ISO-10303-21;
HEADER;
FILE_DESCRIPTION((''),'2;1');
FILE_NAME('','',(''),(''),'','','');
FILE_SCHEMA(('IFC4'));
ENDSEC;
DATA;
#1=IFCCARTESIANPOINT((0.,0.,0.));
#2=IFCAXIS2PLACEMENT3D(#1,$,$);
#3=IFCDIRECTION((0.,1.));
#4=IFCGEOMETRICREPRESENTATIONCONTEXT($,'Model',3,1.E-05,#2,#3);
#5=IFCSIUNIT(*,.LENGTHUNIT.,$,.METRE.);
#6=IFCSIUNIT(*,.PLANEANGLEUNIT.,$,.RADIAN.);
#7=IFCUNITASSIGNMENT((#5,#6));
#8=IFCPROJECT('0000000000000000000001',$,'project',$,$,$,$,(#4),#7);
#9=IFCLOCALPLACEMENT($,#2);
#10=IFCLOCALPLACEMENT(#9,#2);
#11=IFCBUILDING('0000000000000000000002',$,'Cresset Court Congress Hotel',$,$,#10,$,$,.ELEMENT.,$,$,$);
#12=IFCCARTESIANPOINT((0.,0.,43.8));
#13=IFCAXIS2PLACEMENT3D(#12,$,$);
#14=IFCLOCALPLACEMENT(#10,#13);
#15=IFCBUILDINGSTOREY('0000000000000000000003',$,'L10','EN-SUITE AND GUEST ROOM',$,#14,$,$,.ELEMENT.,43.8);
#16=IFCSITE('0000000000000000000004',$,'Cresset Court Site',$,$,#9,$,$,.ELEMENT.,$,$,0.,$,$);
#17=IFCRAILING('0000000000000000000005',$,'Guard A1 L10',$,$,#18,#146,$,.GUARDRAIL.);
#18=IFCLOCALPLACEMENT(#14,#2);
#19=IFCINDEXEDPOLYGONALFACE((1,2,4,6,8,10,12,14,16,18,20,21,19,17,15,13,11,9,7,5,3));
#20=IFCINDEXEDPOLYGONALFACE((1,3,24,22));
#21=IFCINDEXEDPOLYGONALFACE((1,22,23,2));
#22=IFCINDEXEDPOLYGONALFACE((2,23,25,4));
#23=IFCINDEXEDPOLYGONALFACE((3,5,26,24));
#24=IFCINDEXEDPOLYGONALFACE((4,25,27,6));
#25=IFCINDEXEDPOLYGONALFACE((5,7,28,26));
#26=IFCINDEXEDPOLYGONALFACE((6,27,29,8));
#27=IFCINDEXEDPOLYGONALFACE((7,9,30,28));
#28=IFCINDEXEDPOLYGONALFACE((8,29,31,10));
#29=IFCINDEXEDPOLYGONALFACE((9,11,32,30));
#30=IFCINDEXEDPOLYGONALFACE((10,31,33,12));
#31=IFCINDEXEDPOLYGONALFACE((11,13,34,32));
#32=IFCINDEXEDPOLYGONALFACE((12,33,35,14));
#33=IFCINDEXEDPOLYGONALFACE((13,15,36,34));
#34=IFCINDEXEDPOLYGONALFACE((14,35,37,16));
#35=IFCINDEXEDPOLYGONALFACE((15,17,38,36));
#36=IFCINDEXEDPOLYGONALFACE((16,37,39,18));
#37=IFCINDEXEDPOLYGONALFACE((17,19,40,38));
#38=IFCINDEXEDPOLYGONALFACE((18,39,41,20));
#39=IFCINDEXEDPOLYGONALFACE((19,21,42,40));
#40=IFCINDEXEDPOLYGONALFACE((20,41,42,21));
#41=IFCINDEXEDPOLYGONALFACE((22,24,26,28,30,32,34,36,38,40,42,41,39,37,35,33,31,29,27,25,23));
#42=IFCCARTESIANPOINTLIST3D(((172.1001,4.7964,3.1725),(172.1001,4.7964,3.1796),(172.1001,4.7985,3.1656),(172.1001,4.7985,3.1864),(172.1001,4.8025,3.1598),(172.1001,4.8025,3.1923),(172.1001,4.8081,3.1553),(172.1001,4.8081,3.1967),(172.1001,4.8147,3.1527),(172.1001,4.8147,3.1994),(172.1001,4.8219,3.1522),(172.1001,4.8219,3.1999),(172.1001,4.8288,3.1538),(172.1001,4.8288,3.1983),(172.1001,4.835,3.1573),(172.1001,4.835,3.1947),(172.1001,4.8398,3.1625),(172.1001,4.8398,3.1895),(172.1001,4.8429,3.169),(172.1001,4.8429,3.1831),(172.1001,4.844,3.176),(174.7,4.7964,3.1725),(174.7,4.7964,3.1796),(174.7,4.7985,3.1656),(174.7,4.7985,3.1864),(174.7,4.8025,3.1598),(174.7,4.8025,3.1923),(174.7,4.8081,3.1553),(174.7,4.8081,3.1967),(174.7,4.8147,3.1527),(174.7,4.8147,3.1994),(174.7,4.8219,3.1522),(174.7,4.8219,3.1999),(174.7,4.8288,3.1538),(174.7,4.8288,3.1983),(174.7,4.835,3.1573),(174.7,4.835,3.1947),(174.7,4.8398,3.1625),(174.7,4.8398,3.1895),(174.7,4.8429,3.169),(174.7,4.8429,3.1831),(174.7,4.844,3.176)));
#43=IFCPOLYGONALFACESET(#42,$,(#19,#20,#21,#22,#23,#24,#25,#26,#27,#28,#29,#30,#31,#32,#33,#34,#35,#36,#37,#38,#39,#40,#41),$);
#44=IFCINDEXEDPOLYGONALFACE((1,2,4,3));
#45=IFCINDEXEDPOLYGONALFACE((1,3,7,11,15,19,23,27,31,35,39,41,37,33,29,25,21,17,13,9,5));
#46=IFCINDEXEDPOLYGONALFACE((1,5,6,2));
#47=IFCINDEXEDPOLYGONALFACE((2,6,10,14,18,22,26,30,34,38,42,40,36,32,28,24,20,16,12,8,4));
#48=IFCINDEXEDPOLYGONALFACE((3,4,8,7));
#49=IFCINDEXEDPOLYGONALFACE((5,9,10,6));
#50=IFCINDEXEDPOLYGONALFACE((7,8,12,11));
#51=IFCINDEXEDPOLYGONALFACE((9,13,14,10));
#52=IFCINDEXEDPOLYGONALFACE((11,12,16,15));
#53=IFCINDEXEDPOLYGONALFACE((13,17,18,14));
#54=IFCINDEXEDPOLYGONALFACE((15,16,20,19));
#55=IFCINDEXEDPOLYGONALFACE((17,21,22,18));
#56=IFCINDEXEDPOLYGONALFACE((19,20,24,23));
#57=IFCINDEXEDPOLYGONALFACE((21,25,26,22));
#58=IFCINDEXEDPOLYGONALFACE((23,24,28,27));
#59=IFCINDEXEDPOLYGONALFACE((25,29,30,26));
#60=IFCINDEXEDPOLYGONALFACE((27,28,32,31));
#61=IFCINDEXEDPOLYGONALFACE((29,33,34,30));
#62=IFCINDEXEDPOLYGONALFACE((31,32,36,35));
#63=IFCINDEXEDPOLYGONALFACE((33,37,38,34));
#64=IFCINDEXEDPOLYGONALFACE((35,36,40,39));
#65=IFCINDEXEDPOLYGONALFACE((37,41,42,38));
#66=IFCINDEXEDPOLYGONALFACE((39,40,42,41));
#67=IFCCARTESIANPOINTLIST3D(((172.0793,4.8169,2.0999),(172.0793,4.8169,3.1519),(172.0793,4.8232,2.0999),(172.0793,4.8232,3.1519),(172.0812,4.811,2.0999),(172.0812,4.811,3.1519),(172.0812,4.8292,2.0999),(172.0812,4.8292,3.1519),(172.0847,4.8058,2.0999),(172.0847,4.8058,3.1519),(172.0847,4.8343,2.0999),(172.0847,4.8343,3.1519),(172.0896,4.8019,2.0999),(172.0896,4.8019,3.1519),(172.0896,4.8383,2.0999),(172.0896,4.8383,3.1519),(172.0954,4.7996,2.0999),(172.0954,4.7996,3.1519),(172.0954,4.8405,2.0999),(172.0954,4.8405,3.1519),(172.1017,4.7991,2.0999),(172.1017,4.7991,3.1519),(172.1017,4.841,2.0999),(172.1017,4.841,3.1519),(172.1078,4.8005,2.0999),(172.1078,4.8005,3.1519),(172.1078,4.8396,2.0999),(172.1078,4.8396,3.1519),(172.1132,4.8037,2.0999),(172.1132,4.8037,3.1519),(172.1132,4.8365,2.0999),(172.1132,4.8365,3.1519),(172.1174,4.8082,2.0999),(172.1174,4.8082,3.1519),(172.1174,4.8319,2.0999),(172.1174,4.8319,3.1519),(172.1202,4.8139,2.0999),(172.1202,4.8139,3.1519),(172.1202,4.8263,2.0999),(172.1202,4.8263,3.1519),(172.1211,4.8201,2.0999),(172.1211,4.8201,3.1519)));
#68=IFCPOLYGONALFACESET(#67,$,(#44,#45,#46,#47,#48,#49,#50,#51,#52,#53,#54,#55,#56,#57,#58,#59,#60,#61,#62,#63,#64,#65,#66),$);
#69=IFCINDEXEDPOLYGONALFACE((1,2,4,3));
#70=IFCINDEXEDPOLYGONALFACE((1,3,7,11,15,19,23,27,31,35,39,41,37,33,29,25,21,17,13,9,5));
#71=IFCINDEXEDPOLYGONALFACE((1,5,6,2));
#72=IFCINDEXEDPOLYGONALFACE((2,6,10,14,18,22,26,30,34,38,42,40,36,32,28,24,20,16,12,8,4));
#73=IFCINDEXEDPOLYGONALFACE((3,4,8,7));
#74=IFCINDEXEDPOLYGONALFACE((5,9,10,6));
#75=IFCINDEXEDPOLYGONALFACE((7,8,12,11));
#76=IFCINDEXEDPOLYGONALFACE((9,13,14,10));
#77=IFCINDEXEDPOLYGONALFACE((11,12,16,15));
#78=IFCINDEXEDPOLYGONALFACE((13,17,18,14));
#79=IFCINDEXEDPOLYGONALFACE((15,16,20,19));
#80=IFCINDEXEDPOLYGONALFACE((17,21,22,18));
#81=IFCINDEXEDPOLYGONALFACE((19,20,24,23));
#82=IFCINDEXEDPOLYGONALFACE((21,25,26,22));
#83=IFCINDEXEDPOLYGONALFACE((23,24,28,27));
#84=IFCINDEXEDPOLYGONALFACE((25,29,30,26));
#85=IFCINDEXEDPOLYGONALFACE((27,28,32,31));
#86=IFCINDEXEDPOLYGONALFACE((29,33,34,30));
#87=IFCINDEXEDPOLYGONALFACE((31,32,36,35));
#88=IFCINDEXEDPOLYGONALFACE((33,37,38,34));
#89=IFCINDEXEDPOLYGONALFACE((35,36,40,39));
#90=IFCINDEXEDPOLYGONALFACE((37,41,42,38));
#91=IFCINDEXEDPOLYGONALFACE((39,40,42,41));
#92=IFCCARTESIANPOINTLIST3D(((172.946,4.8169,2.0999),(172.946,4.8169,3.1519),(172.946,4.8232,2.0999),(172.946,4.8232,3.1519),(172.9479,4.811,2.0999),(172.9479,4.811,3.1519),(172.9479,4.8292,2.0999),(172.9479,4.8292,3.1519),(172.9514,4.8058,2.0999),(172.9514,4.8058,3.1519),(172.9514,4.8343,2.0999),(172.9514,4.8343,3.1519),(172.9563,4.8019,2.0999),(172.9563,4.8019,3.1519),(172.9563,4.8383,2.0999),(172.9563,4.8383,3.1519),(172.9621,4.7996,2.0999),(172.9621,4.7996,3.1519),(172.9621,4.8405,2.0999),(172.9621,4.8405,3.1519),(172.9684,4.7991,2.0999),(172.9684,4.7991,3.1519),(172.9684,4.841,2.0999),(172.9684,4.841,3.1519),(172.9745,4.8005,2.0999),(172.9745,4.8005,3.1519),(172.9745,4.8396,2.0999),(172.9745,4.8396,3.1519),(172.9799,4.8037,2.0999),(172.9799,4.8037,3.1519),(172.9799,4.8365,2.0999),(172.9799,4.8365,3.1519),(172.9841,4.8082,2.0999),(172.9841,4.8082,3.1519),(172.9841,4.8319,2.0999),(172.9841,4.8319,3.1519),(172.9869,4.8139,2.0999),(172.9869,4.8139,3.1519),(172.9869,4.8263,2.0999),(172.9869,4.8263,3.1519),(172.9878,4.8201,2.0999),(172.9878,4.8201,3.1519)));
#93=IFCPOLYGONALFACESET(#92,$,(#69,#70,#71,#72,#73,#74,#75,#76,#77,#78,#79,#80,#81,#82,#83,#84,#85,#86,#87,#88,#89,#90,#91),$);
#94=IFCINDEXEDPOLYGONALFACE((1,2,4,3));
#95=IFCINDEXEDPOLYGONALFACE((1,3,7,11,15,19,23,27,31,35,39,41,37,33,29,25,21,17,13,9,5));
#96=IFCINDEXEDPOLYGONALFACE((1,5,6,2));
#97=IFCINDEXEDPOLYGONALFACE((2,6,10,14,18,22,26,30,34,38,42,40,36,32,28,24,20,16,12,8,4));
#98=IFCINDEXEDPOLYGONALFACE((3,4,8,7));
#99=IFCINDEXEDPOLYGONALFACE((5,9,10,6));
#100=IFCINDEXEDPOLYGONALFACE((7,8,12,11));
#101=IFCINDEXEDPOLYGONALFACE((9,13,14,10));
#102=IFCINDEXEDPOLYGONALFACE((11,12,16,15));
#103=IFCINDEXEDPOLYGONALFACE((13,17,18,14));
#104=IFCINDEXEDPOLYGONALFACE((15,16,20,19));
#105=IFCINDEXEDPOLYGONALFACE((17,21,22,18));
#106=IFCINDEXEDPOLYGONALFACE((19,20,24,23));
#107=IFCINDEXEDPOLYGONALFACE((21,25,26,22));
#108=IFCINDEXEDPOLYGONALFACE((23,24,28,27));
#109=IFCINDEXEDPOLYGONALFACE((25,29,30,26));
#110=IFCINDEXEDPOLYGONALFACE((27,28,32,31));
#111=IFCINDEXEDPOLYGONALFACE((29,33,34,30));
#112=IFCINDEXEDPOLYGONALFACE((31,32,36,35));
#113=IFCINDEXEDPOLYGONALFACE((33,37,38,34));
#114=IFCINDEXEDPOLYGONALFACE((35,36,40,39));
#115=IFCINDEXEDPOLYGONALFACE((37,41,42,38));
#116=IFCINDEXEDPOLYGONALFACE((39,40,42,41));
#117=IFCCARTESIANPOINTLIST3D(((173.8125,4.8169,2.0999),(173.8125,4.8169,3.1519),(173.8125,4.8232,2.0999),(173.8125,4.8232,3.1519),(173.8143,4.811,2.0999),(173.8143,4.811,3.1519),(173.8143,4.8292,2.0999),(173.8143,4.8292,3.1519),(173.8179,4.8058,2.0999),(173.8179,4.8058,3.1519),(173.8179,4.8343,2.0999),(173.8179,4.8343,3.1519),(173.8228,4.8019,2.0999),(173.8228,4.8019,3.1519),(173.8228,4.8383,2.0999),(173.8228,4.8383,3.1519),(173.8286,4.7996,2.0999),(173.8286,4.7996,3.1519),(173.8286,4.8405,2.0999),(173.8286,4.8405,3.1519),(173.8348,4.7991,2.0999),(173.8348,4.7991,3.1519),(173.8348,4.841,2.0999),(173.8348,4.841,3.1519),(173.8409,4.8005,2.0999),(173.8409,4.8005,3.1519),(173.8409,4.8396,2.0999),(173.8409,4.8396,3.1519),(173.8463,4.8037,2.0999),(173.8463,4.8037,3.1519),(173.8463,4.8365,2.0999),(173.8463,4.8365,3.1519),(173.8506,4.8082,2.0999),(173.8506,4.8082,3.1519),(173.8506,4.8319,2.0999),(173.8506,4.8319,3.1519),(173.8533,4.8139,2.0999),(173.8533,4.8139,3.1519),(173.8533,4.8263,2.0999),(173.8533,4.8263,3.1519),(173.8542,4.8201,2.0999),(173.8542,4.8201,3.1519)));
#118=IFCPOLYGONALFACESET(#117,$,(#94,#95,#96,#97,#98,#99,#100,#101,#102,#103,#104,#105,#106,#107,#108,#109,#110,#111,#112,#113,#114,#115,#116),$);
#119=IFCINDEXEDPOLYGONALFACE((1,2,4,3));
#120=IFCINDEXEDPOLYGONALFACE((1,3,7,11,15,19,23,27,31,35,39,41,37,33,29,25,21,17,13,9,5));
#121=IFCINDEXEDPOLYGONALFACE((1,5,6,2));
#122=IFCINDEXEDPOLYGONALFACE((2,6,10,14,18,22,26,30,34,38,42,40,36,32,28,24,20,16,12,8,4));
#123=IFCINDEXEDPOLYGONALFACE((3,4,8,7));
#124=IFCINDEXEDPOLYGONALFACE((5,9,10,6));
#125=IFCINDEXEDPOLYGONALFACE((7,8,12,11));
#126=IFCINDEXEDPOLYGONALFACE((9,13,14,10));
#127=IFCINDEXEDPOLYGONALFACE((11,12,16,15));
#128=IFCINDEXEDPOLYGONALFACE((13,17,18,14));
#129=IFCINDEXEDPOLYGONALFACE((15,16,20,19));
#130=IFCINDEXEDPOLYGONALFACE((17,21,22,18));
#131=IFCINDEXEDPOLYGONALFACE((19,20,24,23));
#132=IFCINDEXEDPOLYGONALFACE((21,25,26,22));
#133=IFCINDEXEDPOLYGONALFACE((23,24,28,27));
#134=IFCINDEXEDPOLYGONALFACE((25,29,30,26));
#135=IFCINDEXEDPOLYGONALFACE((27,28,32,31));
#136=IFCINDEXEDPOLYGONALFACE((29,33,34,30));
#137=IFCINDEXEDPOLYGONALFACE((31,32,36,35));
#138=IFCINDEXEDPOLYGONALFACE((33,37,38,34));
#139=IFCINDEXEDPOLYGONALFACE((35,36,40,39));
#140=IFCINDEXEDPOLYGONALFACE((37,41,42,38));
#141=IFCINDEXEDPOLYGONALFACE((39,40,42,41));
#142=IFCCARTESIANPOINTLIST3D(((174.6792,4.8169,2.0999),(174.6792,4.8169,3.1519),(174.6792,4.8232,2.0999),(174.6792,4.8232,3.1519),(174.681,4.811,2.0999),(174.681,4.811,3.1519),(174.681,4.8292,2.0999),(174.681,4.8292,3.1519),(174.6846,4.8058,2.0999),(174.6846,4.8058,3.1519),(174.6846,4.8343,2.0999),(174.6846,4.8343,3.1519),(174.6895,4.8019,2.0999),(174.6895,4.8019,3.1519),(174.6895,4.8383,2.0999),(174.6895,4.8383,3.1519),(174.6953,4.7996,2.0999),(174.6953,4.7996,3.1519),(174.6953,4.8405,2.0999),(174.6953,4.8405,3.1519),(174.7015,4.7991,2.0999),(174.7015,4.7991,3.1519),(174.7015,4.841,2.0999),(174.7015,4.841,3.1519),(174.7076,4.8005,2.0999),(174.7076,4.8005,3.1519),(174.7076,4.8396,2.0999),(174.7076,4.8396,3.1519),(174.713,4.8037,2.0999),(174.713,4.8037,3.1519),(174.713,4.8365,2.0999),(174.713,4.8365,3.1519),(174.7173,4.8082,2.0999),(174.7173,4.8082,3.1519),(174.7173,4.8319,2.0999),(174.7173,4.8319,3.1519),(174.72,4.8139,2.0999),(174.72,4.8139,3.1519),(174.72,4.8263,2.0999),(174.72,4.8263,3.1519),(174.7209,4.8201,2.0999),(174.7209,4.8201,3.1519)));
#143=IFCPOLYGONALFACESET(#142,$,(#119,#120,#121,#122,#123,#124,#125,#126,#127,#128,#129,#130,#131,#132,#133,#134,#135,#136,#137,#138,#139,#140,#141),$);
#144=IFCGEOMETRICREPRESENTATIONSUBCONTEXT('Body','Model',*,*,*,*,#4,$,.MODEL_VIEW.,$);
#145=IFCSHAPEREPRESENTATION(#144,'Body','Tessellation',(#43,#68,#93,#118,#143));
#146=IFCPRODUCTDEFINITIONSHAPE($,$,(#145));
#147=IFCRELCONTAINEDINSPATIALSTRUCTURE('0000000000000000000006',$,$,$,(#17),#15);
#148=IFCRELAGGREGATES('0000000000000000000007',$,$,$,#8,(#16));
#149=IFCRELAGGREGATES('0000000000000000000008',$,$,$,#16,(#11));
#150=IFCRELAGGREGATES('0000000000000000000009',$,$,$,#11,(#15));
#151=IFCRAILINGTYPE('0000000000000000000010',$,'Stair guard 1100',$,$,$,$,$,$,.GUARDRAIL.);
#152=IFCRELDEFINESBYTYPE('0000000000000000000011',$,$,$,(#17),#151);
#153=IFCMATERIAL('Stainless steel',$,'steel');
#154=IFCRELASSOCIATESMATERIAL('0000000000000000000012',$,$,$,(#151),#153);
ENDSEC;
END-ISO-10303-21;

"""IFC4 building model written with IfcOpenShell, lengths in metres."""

from ifc_helpers import new_model, si_unit, direction, frame, origin, origin_2d, place, context, subcontext, project, spatial, circle, extrude, material, type_object, element, save


model = new_model("IFC4")

# Units and contexts
model_context = context("Model", 3, precision=1e-05, world=origin(), true_north=direction((0.0, 1.0)))
body_context = subcontext(model_context, "Body", "Model", "MODEL_VIEW")
ifc_project = project(units=[si_unit("LENGTHUNIT", "METRE"), si_unit("PLANEANGLEUNIT", "RADIAN")], contexts=[model_context])

# Site, building, storey
site_placement = place(None, origin())
site = spatial("IfcSite", under=ifc_project, at=site_placement, Name="Cresset Court Site", CompositionType="ELEMENT", RefElevation=0.0)
building_placement = place(site_placement, origin())
building = spatial("IfcBuilding", under=site, at=building_placement, Name="Cresset Court Congress Hotel", CompositionType="ELEMENT")
storey_placement = place(building_placement, frame((0.0, 0.0, 43.8)))
storey = spatial("IfcBuildingStorey", under=building, at=storey_placement, Name="L10", Description="EN-SUITE AND GUEST ROOM", CompositionType="ELEMENT", Elevation=43.8)

# Railing
ifc_material_1 = material(Name="Stainless steel", Category="steel")
railing_type_1 = type_object("IfcRailingType", Name="Stair guard 1100", PredefinedType="GUARDRAIL", material=ifc_material_1)
railing_1_placement = place(storey_placement, frame((172.1001, 4.8201, 2.0999)))
element("IfcRailing", 1, at=railing_1_placement, inside=storey, type_object=railing_type_1, Name="Guard A1 L10", PredefinedType="GUARDRAIL", context=body_context, shape_type="SweptSolid", body=[
    extrude(circle(Radius=0.0239, at=origin_2d()), frame((0.0, 0.0, 1.0762), z_axis=(1.0, 0.0, 0.0), x_axis=(0.0, 1.0, 0.0)), (0.0, 0.0, 1.0), 2.5999),
    extrude(circle(Radius=0.021, at=origin_2d()), origin(), (0.0, 0.0, 1.0), 1.052),
    extrude(circle(Radius=0.021, at=origin_2d()), frame((0.8667, 0.0, 0.0)), (0.0, 0.0, 1.0), 1.052),
    extrude(circle(Radius=0.021, at=origin_2d()), frame((1.7332, 0.0, 0.0)), (0.0, 0.0, 1.0), 1.052),
    extrude(circle(Radius=0.021, at=origin_2d()), frame((2.5999, 0.0, 0.0)), (0.0, 0.0, 1.0), 1.052),
])

save(model, "model.ifc")
